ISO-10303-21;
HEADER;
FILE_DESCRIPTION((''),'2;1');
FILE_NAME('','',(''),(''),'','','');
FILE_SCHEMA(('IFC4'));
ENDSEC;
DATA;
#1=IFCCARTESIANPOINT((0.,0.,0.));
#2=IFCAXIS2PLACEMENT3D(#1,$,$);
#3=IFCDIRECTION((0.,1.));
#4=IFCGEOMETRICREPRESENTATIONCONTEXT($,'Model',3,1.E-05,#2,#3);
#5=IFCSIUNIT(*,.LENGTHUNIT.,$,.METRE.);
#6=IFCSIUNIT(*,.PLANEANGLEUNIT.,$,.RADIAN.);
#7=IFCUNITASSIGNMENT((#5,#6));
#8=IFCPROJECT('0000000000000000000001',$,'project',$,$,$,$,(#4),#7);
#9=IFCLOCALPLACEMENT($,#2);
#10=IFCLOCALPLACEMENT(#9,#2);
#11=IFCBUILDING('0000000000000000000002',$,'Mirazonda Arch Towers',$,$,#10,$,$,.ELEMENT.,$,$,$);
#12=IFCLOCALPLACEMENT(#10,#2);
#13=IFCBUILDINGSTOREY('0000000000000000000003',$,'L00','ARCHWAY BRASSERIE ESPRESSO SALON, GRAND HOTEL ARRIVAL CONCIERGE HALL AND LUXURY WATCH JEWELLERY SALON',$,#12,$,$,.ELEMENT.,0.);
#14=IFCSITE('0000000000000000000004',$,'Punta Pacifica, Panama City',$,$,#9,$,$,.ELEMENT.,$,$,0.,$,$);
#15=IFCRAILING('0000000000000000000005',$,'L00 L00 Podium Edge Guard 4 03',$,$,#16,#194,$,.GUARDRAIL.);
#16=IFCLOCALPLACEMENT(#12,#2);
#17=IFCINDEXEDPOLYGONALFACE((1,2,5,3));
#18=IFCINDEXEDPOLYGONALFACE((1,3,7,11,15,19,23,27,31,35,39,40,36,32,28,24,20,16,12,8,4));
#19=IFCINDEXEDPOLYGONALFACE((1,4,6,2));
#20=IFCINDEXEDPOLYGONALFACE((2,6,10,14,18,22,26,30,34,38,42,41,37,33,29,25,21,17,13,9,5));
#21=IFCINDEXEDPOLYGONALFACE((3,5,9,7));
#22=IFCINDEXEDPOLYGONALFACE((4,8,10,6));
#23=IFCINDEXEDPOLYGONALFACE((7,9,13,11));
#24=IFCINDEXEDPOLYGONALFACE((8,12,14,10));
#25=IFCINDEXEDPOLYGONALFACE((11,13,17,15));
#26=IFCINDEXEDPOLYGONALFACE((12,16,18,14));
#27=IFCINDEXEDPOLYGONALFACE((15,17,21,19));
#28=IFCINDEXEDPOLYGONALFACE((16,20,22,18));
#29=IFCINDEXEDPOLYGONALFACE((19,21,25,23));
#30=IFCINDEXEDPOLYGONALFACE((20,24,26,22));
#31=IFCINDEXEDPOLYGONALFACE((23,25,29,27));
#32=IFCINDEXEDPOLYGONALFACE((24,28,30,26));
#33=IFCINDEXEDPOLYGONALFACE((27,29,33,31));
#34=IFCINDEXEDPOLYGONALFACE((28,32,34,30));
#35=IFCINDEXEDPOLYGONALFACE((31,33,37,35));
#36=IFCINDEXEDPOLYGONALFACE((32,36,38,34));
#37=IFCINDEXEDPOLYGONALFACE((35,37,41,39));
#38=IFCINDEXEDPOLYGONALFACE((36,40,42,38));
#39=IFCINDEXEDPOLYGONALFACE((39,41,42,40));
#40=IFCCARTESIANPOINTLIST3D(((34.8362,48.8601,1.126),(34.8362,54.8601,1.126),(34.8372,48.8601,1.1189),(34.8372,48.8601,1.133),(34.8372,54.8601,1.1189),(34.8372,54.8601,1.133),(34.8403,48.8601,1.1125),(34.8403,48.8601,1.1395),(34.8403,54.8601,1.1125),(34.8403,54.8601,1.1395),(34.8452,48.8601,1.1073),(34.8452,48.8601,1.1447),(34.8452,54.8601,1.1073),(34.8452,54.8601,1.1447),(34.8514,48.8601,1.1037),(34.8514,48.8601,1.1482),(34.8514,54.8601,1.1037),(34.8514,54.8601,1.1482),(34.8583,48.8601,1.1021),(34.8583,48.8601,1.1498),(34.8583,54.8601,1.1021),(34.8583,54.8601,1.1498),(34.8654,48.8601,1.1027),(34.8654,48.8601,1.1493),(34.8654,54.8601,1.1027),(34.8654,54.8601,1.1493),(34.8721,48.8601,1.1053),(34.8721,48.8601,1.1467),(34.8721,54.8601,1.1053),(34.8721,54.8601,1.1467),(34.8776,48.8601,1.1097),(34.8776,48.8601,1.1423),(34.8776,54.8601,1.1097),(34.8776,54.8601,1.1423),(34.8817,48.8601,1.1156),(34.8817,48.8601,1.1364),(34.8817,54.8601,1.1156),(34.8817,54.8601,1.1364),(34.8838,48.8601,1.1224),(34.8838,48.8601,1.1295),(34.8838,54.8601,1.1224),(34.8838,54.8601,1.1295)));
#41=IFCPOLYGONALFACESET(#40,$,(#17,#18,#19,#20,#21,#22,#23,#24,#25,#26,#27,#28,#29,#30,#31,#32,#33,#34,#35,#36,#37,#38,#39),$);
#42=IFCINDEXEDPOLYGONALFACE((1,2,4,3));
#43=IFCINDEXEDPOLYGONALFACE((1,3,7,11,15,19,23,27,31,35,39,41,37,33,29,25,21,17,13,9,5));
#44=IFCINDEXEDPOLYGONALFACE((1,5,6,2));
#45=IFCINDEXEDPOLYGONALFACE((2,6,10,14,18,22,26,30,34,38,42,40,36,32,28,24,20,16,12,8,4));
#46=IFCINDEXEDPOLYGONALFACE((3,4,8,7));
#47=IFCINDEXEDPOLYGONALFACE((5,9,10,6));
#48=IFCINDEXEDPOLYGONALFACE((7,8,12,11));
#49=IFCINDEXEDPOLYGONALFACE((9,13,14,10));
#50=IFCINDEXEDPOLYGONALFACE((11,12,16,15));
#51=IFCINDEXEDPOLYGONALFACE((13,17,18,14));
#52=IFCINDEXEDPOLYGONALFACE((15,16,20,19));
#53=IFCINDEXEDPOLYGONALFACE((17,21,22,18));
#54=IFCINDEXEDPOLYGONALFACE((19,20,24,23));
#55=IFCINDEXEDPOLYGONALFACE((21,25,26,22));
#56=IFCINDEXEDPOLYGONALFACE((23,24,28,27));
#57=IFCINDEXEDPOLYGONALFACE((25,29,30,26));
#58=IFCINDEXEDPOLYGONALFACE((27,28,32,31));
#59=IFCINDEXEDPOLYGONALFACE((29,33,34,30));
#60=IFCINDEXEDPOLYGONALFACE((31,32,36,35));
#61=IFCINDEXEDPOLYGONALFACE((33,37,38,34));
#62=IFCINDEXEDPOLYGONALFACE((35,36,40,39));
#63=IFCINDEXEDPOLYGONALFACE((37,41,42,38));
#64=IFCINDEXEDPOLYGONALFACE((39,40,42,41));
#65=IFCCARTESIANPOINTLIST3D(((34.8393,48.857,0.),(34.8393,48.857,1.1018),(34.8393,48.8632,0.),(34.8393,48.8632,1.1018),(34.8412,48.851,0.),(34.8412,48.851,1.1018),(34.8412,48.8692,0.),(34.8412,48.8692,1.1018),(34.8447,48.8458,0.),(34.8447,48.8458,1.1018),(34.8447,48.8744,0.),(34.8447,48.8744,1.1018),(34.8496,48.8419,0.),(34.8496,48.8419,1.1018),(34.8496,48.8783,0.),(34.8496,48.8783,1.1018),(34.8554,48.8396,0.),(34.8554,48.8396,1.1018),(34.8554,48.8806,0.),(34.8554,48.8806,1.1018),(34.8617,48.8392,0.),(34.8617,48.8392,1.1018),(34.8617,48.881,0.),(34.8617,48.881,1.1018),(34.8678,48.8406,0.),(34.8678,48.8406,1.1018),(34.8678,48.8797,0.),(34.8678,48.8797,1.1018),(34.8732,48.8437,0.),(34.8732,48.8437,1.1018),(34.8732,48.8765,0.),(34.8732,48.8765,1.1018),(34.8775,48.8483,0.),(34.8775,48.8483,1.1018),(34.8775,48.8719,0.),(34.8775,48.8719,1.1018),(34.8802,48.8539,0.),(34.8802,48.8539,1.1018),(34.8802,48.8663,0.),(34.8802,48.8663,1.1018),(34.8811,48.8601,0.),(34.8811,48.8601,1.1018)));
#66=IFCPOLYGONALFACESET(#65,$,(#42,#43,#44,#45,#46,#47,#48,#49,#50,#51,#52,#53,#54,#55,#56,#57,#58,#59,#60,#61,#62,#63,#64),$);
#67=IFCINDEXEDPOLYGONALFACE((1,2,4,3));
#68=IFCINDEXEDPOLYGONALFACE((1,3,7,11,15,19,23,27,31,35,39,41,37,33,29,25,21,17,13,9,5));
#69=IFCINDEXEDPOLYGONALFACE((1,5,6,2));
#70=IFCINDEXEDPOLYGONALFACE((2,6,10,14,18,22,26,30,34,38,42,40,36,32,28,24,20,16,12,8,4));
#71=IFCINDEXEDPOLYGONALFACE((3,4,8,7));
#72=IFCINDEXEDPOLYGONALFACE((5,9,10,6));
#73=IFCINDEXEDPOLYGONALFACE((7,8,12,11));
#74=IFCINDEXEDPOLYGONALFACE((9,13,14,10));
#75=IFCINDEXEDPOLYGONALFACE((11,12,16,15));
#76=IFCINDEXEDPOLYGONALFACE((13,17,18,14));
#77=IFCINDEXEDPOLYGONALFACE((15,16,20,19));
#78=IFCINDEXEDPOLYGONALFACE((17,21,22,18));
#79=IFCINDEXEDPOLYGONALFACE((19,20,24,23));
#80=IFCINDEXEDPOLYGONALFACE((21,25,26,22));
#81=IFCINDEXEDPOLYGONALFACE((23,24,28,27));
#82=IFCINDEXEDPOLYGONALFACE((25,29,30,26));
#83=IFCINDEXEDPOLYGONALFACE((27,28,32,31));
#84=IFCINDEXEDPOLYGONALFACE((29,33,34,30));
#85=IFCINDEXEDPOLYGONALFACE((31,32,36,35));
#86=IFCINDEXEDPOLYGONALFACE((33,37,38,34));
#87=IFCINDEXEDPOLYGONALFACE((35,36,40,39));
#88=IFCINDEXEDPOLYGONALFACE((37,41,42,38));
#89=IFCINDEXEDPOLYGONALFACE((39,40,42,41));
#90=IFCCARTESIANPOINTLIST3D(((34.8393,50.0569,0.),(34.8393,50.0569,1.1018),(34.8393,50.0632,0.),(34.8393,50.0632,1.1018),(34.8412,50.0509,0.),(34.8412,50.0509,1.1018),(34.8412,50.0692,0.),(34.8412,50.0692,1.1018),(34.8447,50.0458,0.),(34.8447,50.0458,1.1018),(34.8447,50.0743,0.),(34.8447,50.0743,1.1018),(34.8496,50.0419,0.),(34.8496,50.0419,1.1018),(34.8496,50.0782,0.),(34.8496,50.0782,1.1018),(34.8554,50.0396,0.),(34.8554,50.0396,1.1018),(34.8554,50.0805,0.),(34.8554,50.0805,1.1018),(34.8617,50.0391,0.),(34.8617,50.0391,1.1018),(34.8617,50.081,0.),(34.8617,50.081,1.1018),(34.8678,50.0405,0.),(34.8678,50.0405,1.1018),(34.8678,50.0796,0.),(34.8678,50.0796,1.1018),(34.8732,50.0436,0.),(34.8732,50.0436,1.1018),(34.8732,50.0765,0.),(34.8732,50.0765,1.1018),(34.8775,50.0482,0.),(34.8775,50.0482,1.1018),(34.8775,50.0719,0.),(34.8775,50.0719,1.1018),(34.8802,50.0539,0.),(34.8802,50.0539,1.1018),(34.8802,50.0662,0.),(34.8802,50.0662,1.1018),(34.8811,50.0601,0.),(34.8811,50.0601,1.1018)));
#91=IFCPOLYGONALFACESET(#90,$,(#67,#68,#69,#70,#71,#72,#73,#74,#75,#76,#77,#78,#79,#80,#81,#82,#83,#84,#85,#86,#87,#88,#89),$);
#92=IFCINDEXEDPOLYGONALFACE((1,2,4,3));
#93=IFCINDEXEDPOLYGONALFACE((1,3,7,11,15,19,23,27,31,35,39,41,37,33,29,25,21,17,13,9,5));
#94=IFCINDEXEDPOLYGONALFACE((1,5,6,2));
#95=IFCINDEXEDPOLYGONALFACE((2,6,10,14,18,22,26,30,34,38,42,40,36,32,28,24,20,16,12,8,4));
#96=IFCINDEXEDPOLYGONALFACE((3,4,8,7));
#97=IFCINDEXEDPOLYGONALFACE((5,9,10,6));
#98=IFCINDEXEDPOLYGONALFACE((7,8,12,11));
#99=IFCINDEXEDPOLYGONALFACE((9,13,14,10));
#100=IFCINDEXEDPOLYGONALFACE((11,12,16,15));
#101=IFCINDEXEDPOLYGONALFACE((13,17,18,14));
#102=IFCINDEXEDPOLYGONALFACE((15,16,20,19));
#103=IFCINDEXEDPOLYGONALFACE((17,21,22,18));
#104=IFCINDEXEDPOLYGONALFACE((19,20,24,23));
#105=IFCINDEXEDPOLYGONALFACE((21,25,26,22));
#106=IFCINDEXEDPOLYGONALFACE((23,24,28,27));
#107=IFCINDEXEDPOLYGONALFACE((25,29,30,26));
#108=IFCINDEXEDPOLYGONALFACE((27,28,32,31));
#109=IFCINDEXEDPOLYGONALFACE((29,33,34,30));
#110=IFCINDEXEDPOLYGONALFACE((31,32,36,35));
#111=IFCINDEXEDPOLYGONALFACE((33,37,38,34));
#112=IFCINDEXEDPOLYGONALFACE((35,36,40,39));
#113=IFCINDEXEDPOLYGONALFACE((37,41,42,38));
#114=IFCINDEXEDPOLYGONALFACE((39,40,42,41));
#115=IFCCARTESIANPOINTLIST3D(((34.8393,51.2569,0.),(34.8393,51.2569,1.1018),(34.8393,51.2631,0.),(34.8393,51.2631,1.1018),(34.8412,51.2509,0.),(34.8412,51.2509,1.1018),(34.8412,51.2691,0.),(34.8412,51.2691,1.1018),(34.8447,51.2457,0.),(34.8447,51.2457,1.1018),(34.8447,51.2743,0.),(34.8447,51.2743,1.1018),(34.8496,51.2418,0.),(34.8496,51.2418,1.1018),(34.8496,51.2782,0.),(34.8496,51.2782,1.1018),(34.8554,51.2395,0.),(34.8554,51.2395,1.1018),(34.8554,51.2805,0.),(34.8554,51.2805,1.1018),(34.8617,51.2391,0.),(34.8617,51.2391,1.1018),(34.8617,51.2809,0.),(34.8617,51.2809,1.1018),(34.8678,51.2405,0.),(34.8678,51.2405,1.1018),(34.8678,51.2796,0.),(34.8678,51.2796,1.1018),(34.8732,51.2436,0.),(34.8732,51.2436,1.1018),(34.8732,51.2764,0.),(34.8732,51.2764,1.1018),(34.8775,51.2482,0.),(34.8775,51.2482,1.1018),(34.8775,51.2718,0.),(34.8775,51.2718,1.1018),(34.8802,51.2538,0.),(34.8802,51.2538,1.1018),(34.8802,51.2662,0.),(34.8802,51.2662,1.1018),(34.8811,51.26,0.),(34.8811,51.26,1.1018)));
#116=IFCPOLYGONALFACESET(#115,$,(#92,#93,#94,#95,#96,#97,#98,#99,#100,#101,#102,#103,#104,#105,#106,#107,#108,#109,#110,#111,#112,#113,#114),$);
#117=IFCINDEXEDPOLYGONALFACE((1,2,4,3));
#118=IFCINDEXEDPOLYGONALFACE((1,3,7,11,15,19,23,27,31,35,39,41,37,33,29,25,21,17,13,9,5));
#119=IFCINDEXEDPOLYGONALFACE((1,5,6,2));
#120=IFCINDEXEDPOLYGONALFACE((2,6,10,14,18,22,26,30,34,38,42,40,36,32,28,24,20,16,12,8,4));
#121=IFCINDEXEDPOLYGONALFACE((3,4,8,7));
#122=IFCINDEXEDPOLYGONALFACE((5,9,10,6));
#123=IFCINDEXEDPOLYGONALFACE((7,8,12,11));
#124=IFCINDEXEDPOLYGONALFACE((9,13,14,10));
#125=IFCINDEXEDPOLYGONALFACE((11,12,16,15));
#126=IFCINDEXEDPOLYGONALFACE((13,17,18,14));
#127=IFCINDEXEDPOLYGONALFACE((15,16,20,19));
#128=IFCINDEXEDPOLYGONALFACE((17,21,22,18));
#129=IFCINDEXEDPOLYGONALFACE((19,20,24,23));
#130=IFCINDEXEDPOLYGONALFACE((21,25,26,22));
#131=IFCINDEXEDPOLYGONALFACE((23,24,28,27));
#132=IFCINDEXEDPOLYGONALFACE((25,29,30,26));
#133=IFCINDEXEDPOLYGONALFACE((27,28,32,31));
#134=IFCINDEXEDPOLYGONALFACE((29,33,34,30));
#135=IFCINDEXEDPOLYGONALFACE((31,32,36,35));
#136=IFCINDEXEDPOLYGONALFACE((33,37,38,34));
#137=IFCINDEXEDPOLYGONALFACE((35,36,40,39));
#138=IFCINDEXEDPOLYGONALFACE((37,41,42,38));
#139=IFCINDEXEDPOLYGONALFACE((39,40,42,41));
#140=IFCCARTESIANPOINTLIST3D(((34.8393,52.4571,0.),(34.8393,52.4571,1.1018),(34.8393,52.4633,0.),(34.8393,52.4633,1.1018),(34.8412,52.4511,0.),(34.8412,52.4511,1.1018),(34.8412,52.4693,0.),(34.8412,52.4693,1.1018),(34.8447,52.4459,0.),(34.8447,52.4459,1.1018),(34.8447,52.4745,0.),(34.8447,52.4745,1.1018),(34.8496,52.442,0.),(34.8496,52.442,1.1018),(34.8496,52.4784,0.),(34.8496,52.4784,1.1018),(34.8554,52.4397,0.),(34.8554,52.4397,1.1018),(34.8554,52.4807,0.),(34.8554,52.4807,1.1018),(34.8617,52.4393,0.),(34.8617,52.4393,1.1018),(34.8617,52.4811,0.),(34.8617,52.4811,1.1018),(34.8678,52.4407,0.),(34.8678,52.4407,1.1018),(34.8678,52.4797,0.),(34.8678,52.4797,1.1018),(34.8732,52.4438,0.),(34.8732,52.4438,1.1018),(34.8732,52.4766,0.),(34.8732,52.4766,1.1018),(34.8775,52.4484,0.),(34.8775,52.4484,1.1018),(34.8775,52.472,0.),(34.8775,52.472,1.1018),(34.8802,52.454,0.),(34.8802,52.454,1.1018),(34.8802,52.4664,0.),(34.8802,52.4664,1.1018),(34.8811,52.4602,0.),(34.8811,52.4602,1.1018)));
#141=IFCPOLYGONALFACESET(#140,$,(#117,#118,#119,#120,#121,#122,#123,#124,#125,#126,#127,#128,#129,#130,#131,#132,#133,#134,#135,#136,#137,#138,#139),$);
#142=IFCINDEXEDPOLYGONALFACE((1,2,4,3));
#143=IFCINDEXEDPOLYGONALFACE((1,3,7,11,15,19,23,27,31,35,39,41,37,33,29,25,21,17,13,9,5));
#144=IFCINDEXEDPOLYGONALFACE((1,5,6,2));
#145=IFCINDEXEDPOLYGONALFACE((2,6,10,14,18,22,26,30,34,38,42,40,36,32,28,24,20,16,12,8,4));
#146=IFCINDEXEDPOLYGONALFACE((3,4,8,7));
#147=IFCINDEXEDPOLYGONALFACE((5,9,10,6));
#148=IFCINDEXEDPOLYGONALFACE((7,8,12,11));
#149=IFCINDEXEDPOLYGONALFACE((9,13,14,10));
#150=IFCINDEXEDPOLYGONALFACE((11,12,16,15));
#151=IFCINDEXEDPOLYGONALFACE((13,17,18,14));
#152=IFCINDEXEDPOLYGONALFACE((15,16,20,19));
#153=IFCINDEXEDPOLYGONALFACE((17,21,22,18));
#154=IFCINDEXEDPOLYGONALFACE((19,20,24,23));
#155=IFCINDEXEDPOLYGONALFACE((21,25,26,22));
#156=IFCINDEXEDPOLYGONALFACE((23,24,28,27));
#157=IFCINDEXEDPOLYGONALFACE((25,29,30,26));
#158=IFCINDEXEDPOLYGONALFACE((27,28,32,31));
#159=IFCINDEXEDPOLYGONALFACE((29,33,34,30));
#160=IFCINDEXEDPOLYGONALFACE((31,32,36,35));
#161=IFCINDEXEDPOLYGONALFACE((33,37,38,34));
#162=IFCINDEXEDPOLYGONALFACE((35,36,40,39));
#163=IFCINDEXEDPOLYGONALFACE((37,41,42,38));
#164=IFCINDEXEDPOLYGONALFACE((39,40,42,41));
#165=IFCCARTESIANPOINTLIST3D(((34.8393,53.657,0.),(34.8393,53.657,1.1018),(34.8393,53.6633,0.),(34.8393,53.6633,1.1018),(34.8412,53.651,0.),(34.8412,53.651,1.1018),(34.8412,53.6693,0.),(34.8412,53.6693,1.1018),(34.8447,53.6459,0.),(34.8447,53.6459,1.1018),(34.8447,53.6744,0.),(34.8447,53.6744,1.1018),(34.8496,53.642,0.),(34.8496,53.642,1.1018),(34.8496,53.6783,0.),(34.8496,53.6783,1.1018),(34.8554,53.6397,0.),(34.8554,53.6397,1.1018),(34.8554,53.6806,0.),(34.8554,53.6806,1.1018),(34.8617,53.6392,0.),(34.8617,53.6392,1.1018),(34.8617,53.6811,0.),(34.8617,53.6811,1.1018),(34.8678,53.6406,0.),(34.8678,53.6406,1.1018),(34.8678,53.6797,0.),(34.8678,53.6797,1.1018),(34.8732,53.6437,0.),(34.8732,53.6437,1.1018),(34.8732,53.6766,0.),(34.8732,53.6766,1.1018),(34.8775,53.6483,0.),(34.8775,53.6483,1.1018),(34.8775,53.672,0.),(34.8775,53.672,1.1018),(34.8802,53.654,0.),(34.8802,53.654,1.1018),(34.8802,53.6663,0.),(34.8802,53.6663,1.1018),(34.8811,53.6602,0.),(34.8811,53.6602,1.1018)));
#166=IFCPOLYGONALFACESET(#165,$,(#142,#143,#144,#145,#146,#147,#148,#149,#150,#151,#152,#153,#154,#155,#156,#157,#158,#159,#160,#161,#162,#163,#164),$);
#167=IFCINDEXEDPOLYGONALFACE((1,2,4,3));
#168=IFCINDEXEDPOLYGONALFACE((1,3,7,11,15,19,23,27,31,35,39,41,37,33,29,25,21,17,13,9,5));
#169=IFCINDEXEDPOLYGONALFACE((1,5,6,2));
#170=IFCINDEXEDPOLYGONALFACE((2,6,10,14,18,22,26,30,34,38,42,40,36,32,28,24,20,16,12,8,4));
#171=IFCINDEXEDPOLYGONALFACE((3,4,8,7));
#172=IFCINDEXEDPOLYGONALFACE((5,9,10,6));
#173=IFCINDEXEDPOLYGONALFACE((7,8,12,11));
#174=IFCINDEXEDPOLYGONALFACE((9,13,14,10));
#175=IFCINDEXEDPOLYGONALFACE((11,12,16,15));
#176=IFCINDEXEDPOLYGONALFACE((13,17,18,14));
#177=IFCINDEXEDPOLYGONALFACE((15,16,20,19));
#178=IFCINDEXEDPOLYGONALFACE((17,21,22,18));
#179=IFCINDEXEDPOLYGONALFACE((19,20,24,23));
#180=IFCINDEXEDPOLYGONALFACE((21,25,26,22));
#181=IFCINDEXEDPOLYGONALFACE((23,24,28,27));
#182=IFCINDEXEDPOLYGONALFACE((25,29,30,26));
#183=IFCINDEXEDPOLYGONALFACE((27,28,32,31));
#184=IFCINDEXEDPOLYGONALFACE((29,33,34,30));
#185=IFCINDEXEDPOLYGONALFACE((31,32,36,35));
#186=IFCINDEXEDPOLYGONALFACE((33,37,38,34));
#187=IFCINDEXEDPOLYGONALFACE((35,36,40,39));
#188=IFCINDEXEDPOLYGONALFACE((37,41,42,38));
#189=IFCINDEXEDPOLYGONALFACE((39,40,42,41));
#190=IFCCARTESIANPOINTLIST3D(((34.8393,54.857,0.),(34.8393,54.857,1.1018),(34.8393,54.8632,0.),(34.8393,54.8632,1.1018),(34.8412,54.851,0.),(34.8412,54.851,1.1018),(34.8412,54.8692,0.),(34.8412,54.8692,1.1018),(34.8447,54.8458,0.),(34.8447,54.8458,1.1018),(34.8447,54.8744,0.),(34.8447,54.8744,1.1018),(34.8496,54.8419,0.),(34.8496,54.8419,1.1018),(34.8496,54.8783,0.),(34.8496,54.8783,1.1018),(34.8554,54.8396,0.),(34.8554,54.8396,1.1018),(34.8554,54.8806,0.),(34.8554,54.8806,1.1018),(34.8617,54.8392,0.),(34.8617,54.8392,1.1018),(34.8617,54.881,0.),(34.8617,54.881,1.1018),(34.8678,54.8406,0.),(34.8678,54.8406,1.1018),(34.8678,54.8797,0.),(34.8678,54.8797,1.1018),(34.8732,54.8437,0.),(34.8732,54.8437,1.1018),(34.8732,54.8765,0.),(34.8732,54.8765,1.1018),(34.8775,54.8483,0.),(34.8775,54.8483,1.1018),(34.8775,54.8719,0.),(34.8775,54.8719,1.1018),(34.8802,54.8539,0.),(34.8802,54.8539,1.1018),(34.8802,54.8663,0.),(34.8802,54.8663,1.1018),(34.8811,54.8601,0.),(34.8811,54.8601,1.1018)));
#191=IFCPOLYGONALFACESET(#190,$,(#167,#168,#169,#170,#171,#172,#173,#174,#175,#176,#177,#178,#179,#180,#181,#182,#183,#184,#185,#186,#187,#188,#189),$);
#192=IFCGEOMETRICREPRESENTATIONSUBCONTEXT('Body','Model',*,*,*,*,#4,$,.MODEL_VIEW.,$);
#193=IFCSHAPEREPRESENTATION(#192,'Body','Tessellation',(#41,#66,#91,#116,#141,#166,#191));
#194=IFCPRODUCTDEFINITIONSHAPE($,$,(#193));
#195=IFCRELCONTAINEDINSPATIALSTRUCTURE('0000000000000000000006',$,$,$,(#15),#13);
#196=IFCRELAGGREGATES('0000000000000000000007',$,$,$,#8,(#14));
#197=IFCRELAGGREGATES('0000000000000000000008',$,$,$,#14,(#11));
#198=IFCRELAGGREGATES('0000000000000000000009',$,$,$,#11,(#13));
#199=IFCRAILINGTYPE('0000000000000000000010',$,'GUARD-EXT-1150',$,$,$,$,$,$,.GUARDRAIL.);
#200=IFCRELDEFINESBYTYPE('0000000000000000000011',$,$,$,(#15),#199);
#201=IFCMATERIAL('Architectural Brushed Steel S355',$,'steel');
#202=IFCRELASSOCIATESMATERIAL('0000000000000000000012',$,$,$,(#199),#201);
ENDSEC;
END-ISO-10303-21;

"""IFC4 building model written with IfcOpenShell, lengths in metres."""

from ifc_helpers import new_model, si_unit, direction, frame, origin, origin_2d, place, context, subcontext, project, spatial, circle, extrude, material, type_object, element, save


model = new_model("IFC4")

# Units and contexts
model_context = context("Model", 3, precision=1e-05, world=origin(), true_north=direction((0.0, 1.0)))
body_context = subcontext(model_context, "Body", "Model", "MODEL_VIEW")
ifc_project = project(units=[si_unit("LENGTHUNIT", "METRE"), si_unit("PLANEANGLEUNIT", "RADIAN")], contexts=[model_context])

# Site, building, storey
site_placement = place(None, origin())
site = spatial("IfcSite", under=ifc_project, at=site_placement, Name="Punta Pacifica, Panama City", CompositionType="ELEMENT", RefElevation=0.0)
building_placement = place(site_placement, origin())
building = spatial("IfcBuilding", under=site, at=building_placement, Name="Mirazonda Arch Towers", CompositionType="ELEMENT")
storey_placement = place(building_placement, origin())
storey = spatial("IfcBuildingStorey", under=building, at=storey_placement, Name="L00", Description="ARCHWAY BRASSERIE ESPRESSO SALON, GRAND HOTEL ARRIVAL CONCIERGE HALL AND LUXURY WATCH JEWELLERY SALON", CompositionType="ELEMENT", Elevation=0.0)

# Railing
ifc_material_1 = material(Name="Architectural Brushed Steel S355", Category="steel")
railing_type_1 = type_object("IfcRailingType", Name="GUARD-EXT-1150", PredefinedType="GUARDRAIL", material=ifc_material_1)
railing_1_placement = place(storey_placement, frame((34.8601, 48.8601, 0.0)))
element("IfcRailing", 1, at=railing_1_placement, inside=storey, type_object=railing_type_1, Name="L00 L00 Podium Edge Guard 4 03", PredefinedType="GUARDRAIL", context=body_context, shape_type="SweptSolid", body=[
    extrude(circle(Radius=0.0239, at=origin_2d()), frame((0.0, 0.0, 1.126), z_axis=(0.0, 1.0, 0.0), x_axis=(-1.0, 0.0, 0.0)), (0.0, 0.0, 1.0), 6.0),
    extrude(circle(Radius=0.021, at=origin_2d()), origin(), (0.0, 0.0, 1.0), 1.1018),
    extrude(circle(Radius=0.021, at=origin_2d()), frame((0.0, 1.2, 0.0)), (0.0, 0.0, 1.0), 1.1018),
    extrude(circle(Radius=0.021, at=origin_2d()), frame((0.0, 2.3999, 0.0)), (0.0, 0.0, 1.0), 1.1018),
    extrude(circle(Radius=0.021, at=origin_2d()), frame((0.0, 3.6001, 0.0)), (0.0, 0.0, 1.0), 1.1018),
    extrude(circle(Radius=0.021, at=origin_2d()), frame((0.0, 4.8, 0.0)), (0.0, 0.0, 1.0), 1.1018),
    extrude(circle(Radius=0.021, at=origin_2d()), frame((0.0, 6.0, 0.0)), (0.0, 0.0, 1.0), 1.1018),
])

save(model, "model.ifc")
